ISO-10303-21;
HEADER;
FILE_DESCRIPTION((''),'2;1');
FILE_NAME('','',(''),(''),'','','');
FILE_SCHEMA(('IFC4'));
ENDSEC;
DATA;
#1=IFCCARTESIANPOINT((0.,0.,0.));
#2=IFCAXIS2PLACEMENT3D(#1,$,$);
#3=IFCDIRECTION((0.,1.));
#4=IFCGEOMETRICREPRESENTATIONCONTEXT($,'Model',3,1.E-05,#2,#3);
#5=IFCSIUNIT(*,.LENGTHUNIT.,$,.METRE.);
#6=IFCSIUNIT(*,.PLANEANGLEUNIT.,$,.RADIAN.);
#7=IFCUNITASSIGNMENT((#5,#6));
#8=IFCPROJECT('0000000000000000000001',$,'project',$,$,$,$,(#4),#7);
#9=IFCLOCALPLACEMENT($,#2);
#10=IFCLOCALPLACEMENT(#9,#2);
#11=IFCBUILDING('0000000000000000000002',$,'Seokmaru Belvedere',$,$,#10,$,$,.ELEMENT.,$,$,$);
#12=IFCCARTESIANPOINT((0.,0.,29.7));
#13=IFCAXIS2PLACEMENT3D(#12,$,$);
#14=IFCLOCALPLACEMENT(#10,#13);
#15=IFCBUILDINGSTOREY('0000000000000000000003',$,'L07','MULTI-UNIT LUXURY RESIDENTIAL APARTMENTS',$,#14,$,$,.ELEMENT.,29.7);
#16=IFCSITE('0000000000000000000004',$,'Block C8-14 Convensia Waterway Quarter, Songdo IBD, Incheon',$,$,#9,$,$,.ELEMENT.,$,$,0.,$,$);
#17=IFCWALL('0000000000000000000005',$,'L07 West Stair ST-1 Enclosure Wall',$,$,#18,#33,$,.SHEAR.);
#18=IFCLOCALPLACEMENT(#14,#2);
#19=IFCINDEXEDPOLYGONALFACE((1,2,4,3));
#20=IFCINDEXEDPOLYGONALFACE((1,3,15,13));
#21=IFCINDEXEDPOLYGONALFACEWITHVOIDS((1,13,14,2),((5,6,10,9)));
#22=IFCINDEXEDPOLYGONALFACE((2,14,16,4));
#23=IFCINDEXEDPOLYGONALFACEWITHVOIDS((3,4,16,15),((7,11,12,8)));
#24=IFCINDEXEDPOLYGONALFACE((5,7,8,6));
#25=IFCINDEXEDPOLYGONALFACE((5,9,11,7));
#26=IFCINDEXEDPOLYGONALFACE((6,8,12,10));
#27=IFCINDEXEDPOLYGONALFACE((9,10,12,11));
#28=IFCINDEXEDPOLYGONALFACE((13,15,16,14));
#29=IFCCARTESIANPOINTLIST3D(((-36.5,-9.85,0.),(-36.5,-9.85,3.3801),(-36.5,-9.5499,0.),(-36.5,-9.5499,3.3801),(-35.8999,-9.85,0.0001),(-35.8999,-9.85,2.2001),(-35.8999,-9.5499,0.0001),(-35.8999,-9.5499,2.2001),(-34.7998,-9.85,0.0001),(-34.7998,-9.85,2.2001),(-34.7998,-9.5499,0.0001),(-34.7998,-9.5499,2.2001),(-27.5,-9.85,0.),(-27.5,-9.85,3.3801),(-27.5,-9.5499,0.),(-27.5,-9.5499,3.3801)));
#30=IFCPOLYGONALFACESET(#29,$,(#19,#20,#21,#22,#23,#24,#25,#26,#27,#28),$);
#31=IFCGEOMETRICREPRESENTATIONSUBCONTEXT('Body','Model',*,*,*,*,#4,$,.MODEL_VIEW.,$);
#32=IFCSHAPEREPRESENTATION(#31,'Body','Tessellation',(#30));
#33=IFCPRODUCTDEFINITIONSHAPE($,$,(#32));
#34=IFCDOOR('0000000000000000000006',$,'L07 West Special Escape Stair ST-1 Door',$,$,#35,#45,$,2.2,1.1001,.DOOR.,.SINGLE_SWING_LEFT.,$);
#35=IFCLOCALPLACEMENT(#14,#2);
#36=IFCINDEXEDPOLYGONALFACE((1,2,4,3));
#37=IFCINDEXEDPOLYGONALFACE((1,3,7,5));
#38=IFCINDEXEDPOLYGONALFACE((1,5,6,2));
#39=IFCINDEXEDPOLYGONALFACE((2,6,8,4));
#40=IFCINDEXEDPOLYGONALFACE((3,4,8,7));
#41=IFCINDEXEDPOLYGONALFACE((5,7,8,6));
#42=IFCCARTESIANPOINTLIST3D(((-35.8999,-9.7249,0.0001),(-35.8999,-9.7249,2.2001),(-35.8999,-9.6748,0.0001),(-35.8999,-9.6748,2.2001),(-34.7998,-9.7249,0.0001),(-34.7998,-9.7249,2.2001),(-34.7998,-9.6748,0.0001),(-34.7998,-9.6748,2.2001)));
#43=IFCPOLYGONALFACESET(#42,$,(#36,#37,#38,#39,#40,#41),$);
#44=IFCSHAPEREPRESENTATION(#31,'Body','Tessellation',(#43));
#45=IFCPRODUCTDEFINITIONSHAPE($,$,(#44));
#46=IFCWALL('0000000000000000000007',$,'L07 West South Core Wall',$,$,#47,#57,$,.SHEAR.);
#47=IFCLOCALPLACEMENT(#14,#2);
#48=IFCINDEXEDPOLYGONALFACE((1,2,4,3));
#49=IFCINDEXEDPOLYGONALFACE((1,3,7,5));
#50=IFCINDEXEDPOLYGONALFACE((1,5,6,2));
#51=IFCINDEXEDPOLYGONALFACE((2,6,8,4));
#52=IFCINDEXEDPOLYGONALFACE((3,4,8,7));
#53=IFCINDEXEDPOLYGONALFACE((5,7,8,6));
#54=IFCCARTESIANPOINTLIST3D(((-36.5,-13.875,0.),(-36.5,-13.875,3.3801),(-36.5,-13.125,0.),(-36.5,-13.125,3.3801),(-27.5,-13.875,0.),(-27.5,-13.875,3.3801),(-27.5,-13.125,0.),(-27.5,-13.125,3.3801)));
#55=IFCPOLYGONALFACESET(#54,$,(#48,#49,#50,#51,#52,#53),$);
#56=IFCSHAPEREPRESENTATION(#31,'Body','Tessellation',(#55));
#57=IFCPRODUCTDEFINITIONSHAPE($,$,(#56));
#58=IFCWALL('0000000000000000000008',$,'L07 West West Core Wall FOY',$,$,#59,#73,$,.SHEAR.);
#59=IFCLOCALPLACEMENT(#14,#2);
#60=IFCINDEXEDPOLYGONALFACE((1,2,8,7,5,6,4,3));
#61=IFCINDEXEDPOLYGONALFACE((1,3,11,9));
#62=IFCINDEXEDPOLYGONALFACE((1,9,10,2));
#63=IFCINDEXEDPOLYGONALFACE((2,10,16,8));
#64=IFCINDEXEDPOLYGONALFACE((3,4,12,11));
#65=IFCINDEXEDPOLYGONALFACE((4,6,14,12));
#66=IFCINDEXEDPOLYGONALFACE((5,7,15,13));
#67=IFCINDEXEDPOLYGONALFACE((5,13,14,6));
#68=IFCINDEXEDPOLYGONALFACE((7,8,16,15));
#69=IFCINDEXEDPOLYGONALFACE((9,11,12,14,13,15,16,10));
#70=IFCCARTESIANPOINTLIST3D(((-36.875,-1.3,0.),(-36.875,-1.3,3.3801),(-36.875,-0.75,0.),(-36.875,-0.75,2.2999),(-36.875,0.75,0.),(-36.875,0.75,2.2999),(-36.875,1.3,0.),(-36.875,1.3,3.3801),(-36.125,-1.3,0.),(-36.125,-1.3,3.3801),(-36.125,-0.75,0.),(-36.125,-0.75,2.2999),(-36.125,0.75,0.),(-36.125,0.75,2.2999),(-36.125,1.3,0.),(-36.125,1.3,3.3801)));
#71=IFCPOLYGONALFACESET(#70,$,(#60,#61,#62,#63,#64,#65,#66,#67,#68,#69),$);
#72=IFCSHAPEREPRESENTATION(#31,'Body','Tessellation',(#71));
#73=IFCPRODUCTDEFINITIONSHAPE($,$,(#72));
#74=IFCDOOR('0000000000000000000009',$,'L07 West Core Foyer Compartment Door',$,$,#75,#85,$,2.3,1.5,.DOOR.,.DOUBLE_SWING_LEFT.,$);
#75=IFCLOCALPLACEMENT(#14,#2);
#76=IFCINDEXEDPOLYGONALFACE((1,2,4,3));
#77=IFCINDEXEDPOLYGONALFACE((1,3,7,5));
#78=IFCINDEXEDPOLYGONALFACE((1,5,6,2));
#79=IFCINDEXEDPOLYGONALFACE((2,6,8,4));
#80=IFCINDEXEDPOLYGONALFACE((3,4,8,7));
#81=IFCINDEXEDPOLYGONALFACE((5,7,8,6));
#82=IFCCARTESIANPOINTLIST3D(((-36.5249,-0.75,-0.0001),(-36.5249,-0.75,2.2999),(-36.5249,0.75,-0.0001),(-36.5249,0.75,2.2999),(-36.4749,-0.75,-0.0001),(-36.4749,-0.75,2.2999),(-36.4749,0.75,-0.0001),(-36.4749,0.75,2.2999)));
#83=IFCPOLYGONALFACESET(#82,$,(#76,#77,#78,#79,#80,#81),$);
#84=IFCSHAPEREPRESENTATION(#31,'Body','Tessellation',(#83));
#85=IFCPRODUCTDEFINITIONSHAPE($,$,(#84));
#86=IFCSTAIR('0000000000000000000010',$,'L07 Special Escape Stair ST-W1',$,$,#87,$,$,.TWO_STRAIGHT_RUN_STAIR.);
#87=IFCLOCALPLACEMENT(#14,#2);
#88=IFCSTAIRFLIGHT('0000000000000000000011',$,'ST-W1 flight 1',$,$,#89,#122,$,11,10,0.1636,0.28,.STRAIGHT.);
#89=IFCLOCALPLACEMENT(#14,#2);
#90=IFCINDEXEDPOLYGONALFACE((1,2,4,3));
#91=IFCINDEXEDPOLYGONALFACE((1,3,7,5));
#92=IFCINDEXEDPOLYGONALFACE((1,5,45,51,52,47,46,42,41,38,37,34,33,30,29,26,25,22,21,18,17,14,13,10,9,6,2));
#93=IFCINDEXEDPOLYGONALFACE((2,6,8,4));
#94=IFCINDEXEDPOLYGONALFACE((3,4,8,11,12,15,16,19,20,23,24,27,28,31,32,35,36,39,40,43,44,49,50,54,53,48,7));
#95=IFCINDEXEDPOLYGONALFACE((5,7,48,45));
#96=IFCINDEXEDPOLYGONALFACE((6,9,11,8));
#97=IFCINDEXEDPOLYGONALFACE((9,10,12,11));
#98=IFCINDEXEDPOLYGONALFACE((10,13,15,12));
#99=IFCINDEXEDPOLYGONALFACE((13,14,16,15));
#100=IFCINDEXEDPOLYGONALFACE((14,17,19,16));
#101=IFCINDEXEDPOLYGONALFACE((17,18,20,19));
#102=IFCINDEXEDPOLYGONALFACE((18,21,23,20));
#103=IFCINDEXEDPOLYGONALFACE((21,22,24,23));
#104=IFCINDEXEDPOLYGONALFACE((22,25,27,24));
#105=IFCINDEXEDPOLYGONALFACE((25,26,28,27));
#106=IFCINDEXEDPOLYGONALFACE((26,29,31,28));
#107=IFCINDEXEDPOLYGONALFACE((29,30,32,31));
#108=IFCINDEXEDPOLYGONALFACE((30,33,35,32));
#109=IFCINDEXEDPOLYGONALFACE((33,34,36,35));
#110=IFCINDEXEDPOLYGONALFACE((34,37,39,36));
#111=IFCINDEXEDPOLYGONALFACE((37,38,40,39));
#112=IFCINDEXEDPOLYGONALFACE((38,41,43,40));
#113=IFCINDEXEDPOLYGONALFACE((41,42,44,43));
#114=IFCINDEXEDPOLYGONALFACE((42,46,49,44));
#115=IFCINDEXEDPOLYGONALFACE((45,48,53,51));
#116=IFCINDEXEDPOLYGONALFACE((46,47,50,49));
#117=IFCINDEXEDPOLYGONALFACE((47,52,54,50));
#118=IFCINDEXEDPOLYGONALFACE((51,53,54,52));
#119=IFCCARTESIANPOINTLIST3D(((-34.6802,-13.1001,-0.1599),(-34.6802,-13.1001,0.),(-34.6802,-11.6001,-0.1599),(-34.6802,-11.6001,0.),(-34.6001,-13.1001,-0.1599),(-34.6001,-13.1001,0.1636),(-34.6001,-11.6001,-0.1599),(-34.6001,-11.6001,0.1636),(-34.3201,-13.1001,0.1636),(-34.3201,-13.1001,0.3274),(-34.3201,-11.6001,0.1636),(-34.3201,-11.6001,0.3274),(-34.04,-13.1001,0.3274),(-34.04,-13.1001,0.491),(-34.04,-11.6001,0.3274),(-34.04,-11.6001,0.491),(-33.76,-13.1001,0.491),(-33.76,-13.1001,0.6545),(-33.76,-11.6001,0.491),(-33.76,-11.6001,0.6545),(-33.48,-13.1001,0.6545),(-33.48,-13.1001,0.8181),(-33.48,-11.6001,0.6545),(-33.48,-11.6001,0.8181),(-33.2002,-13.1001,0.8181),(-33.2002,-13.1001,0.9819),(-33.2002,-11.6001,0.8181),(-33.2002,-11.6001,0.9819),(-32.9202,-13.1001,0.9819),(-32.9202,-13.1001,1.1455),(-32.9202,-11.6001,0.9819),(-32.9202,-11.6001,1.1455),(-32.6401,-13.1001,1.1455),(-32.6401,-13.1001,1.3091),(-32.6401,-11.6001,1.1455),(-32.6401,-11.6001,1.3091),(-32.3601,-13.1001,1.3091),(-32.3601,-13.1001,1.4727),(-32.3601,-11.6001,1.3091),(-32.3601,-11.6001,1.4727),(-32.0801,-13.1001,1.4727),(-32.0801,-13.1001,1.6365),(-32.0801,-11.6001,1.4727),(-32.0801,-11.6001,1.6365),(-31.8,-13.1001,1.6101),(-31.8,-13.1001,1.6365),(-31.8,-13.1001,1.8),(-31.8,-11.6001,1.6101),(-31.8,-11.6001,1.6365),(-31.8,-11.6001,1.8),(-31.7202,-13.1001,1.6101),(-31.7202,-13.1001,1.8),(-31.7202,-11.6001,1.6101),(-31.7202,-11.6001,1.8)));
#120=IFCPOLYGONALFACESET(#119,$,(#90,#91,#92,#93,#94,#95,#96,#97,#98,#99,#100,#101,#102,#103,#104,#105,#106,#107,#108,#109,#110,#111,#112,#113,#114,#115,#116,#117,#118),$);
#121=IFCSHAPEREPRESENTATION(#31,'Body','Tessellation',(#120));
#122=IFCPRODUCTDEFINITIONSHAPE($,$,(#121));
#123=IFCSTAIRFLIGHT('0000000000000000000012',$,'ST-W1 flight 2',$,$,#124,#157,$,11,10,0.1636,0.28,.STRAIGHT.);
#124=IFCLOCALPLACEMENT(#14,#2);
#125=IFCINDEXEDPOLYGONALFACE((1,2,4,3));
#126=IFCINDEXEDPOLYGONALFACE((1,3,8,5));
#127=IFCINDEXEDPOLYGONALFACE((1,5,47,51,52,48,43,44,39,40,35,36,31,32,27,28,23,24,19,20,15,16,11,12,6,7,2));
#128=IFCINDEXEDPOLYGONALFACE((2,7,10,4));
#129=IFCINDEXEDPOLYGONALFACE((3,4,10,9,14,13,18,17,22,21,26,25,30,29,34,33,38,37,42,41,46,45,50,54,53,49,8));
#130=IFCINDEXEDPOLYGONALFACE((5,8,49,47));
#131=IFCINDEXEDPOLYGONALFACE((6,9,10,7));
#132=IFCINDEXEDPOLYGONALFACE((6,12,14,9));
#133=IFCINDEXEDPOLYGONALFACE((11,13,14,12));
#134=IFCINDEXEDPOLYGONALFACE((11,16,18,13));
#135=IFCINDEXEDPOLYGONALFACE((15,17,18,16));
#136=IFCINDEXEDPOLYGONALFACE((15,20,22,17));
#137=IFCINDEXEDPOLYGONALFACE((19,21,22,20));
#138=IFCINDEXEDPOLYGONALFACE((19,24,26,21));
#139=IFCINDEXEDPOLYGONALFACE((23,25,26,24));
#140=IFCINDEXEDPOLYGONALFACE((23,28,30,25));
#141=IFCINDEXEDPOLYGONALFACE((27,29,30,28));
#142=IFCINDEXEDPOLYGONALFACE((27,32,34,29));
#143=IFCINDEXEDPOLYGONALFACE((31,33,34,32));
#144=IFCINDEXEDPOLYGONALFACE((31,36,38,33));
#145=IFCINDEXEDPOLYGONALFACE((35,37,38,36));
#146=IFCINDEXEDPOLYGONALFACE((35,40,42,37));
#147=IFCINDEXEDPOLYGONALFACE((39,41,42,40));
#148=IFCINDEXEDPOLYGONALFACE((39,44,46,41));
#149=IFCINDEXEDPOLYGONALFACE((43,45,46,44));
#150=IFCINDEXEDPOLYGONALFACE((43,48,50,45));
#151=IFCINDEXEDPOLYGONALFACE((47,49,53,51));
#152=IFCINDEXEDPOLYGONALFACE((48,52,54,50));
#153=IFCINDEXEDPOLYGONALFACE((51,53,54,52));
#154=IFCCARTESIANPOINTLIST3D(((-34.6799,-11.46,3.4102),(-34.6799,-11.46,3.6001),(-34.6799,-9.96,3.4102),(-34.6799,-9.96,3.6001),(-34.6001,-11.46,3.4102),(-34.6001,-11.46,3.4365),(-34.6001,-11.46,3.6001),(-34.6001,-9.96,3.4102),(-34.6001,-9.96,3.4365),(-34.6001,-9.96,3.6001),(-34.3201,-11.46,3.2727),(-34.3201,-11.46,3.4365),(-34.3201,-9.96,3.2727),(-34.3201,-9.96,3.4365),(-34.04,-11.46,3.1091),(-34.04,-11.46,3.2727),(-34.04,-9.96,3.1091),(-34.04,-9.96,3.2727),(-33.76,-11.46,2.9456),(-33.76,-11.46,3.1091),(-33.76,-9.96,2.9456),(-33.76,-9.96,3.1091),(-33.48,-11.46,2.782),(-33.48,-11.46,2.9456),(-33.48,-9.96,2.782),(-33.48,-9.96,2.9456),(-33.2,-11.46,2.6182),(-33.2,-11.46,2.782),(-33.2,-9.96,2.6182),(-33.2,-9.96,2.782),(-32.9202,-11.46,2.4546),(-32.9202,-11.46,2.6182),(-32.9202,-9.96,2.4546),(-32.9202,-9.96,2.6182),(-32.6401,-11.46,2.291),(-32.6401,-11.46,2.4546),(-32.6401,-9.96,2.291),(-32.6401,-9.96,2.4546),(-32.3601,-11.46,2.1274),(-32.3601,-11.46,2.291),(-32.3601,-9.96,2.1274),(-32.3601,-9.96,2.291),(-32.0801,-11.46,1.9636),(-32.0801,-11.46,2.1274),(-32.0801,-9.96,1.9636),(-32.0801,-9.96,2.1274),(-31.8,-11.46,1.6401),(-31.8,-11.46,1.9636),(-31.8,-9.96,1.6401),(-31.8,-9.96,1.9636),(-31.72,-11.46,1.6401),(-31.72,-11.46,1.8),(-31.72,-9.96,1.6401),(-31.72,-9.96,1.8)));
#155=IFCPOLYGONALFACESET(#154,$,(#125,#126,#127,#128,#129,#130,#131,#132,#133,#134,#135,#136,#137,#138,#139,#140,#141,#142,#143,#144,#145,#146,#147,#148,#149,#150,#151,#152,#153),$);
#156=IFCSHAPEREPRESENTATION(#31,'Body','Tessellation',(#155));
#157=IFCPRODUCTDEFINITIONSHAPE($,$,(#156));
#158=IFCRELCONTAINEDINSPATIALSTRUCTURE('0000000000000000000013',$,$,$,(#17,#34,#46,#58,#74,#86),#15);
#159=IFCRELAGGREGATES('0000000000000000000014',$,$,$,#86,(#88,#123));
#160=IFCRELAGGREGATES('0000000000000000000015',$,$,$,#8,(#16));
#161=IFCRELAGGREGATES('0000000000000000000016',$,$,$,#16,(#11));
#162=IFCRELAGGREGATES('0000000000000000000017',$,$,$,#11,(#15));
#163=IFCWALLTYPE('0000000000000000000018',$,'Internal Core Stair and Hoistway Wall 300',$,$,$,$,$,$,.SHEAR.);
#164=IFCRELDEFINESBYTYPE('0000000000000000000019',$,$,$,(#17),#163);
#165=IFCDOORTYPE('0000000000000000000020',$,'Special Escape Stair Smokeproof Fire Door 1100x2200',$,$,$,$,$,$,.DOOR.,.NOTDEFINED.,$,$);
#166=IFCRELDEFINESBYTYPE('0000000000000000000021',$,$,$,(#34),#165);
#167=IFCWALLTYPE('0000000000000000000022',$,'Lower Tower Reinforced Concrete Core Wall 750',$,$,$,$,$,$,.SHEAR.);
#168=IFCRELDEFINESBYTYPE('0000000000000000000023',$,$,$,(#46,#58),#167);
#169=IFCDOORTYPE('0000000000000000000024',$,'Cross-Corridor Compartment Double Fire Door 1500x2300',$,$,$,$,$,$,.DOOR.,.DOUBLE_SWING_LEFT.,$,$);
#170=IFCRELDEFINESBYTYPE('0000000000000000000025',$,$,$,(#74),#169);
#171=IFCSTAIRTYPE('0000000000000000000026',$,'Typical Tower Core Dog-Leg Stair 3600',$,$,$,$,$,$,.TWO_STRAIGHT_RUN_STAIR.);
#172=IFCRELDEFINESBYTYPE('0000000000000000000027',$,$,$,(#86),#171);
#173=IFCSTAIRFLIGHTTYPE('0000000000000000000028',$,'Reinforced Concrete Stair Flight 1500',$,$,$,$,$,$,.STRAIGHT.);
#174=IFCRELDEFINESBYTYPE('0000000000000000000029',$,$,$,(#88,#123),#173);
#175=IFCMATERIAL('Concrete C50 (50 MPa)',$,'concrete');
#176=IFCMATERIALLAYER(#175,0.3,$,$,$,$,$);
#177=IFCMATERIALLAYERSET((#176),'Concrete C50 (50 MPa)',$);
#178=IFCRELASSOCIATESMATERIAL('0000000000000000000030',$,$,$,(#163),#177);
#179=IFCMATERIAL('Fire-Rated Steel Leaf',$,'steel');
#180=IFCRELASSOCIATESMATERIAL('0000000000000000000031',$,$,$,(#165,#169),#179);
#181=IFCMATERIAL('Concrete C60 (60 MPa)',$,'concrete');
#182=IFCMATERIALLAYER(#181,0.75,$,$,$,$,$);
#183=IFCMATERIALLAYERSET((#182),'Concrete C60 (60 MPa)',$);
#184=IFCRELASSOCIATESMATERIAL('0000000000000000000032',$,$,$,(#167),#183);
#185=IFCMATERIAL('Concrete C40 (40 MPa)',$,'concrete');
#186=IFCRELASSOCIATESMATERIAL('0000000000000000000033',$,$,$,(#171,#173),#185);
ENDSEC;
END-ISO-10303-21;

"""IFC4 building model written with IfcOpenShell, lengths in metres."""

from ifc_helpers import new_model, si_unit, direction, frame, frame_2d, origin, place, context, subcontext, project, spatial, polyline, rectangle, outline, extrude, source, transform, mapped, material, layer, layer_set, type_object, type_shapes, element, fill, aggregate, save


model = new_model("IFC4")

# Units and contexts
model_context = context("Model", 3, precision=1e-05, world=origin(), true_north=direction((0.0, 1.0)))
body_context = subcontext(model_context, "Body", "Model", "MODEL_VIEW")
ifc_project = project(units=[si_unit("LENGTHUNIT", "METRE"), si_unit("PLANEANGLEUNIT", "RADIAN")], contexts=[model_context])

# Site, building, storey
site_placement = place(None, origin())
site = spatial("IfcSite", under=ifc_project, at=site_placement, Name="Block C8-14 Convensia Waterway Quarter, Songdo IBD, Incheon", CompositionType="ELEMENT", RefElevation=0.0)
building_placement = place(site_placement, origin())
building = spatial("IfcBuilding", under=site, at=building_placement, Name="Seokmaru Belvedere", CompositionType="ELEMENT")
storey_placement = place(building_placement, frame((0.0, 0.0, 29.7)))
storey = spatial("IfcBuildingStorey", under=building, at=storey_placement, Name="L07", Description="MULTI-UNIT LUXURY RESIDENTIAL APARTMENTS", CompositionType="ELEMENT", Elevation=29.7)

# Shared definitions
ifc_material_1 = material(Name="Fire-Rated Steel Leaf", Category="steel")

# Wall, opening, door
ifc_material_2 = material(Name="Concrete C50 (50 MPa)", Category="concrete")
ifc_layer_1 = layer(ifc_material_2, 0.3)
ifc_layer_set_1 = layer_set([ifc_layer_1], Name="Concrete C50 (50 MPa)")
wall_type_1 = type_object("IfcWallType", Name="Internal Core Stair and Hoistway Wall 300", PredefinedType="SHEAR", material=ifc_layer_set_1)
wall_1_placement = place(storey_placement, frame((-36.5, -9.7, 0.0), z_axis=(0.0, 0.0, 1.0), x_axis=(1.0, 0.0, 0.0)))
wall_1 = element("IfcWall", 1, at=wall_1_placement, inside=storey, type_object=wall_type_1, Name="L07 West Stair ST-1 Enclosure Wall", PredefinedType="SHEAR", context=body_context, shape_type="SweptSolid", body=[
    extrude(rectangle(XDim=9.0, YDim=0.3, at=frame_2d((4.5, 0.0))), origin(), (0.0, 0.0, 1.0), 3.3801),
])
opening_1_placement = place(wall_1_placement, frame((0.6001, 0.0, 0.0)))
opening_1 = element("IfcOpeningElement", 2, at=opening_1_placement, cuts=wall_1, PredefinedType="OPENING", context=body_context, shape_type="SweptSolid", body=[
    extrude(rectangle(XDim=1.1001, YDim=2.2, at=frame_2d((0.55, 1.1001))), frame((0.0, 0.1602, 0.0), z_axis=(0.0, -1.0, 0.0), x_axis=(1.0, 0.0, 0.0)), (0.0, 0.0, 1.0), 0.3201),
])
door_type_1 = type_object("IfcDoorType", Name="Special Escape Stair Smokeproof Fire Door 1100x2200", OperationType="NOTDEFINED", PredefinedType="DOOR", material=ifc_material_1)
shared_shape_1 = source(origin(), body_context, "Body", "SweptSolid", [
    extrude(rectangle(XDim=1.1001, YDim=2.2, at=frame_2d((0.55, 1.1001))), frame((0.0, 0.0249, 0.0), z_axis=(0.0, -1.0, 0.0), x_axis=(1.0, 0.0, 0.0)), (0.0, 0.0, 1.0), 0.05),
])
type_shapes(door_type_1, [shared_shape_1])
door_1_placement = place(opening_1_placement, frame((1.1001, 0.0, 0.0), z_axis=(0.0, 0.0, 1.0), x_axis=(-1.0, 0.0, 0.0)))
door_1 = element("IfcDoor", 3, at=door_1_placement, inside=storey, type_object=door_type_1, Name="L07 West Special Escape Stair ST-1 Door", OperationType="SINGLE_SWING_LEFT", OverallHeight=2.2, OverallWidth=1.1001, PredefinedType="DOOR", context=body_context, shape_type="MappedRepresentation", body=[
    mapped(shared_shape_1, transform((0.0, 0.0, 0.0), scale=1.0)),
])
fill(opening_1, door_1)

# Wall
ifc_material_3 = material(Name="Concrete C60 (60 MPa)", Category="concrete")
ifc_layer_2 = layer(ifc_material_3, 0.75)
ifc_layer_set_2 = layer_set([ifc_layer_2], Name="Concrete C60 (60 MPa)")
wall_type_2 = type_object("IfcWallType", Name="Lower Tower Reinforced Concrete Core Wall 750", PredefinedType="SHEAR", material=ifc_layer_set_2)
wall_2_placement = place(storey_placement, frame((-36.5, -13.5, 0.0), z_axis=(0.0, 0.0, 1.0), x_axis=(1.0, 0.0, 0.0)))
element("IfcWall", 4, at=wall_2_placement, inside=storey, type_object=wall_type_2, Name="L07 West South Core Wall", PredefinedType="SHEAR", context=body_context, shape_type="SweptSolid", body=[
    extrude(rectangle(XDim=9.0, YDim=0.75, at=frame_2d((4.5, 0.0))), origin(), (0.0, 0.0, 1.0), 3.3801),
])

# Wall, opening, door
wall_3_placement = place(storey_placement, frame((-36.5, -1.3, 0.0), z_axis=(0.0, 0.0, 1.0), x_axis=(0.0, 1.0, 0.0)))
wall_3 = element("IfcWall", 5, at=wall_3_placement, inside=storey, type_object=wall_type_2, Name="L07 West West Core Wall FOY", PredefinedType="SHEAR", context=body_context, shape_type="SweptSolid", body=[
    extrude(rectangle(XDim=2.6001, YDim=0.75, at=frame_2d((1.3, 0.0))), origin(), (0.0, 0.0, 1.0), 3.3801),
])
opening_2_placement = place(wall_3_placement, frame((0.55, 0.0, 0.0)))
opening_2 = element("IfcOpeningElement", 6, at=opening_2_placement, cuts=wall_3, PredefinedType="OPENING", context=body_context, shape_type="SweptSolid", body=[
    extrude(rectangle(XDim=1.5, YDim=2.3, at=frame_2d((0.75, 1.1499))), frame((0.0, 0.385, 0.0), z_axis=(0.0, -1.0, 0.0), x_axis=(1.0, 0.0, 0.0)), (0.0, 0.0, 1.0), 0.77),
])
door_type_2 = type_object("IfcDoorType", Name="Cross-Corridor Compartment Double Fire Door 1500x2300", OperationType="DOUBLE_SWING_LEFT", PredefinedType="DOOR", material=ifc_material_1)
shared_shape_2 = source(origin(), body_context, "Body", "SweptSolid", [
    extrude(rectangle(XDim=1.5, YDim=2.3, at=frame_2d((0.75, 1.1499))), frame((0.0, 0.0249, 0.0), z_axis=(0.0, -1.0, 0.0), x_axis=(1.0, 0.0, 0.0)), (0.0, 0.0, 1.0), 0.05),
])
type_shapes(door_type_2, [shared_shape_2])
door_2_placement = place(opening_2_placement, origin())
door_2 = element("IfcDoor", 7, at=door_2_placement, inside=storey, type_object=door_type_2, Name="L07 West Core Foyer Compartment Door", OperationType="DOUBLE_SWING_LEFT", OverallHeight=2.3, OverallWidth=1.5, PredefinedType="DOOR", context=body_context, shape_type="MappedRepresentation", body=[
    mapped(shared_shape_2, transform((0.0, 0.0, 0.0), scale=1.0)),
])
fill(opening_2, door_2)

# Stair, stair flights
ifc_material_4 = material(Name="Concrete C40 (40 MPa)", Category="concrete")
stair_type = type_object("IfcStairType", Name="Typical Tower Core Dog-Leg Stair 3600", PredefinedType="TWO_STRAIGHT_RUN_STAIR", material=ifc_material_4)
stair_placement = place(storey_placement, origin())
stair = element("IfcStair", 8, at=stair_placement, inside=storey, type_object=stair_type, Name="L07 Special Escape Stair ST-W1", PredefinedType="TWO_STRAIGHT_RUN_STAIR")
stair_flight_type = type_object("IfcStairFlightType", Name="Reinforced Concrete Stair Flight 1500", PredefinedType="STRAIGHT", material=ifc_material_4)
stair_flight_1_placement = place(storey_placement, frame((-34.6001, -12.3501, 0.0), z_axis=(0.0, 0.0, 1.0), x_axis=(1.0, 0.0, 0.0)))
stair_flight_1 = element("IfcStairFlight", 9, at=stair_flight_1_placement, type_object=stair_flight_type, Name="ST-W1 flight 1", NumberOfRisers=11, NumberOfTreads=10, PredefinedType="STRAIGHT", RiserHeight=0.1636, TreadLength=0.28, context=body_context, shape_type="SweptSolid", body=[
    extrude(outline(polyline([(-0.0801, 0.0), (0.0, 0.1636), (0.28, 0.1636), (0.28, 0.3274), (0.5601, 0.3274), (0.5601, 0.491), (0.8401, 0.491), (0.8401, 0.6545), (1.1201, 0.6545), (1.1201, 0.8181), (1.3999, 0.8181), (1.3999, 0.9819), (1.6799, 0.9819), (1.6799, 1.1455), (1.96, 1.1455), (1.96, 1.3091), (2.24, 1.3091), (2.24, 1.4727), (2.52, 1.4727), (2.52, 1.6365), (2.8, 1.6365), (2.8, 1.8), (2.8799, 1.8), (2.8799, 1.6101), (2.8, 1.6101), (0.0, -0.1599), (-0.0801, -0.1599), (-0.0801, 0.0)])), frame((0.0, 0.75, 0.0), z_axis=(0.0, -1.0, 0.0), x_axis=(1.0, 0.0, 0.0)), (0.0, 0.0, 1.0), 1.5),
])
stair_flight_2_placement = place(storey_placement, frame((-31.8, -10.71, 1.8), z_axis=(0.0, 0.0, 1.0), x_axis=(-1.0, 0.0, 0.0)))
stair_flight_2 = element("IfcStairFlight", 10, at=stair_flight_2_placement, type_object=stair_flight_type, Name="ST-W1 flight 2", NumberOfRisers=11, NumberOfTreads=10, PredefinedType="STRAIGHT", RiserHeight=0.1636, TreadLength=0.28, context=body_context, shape_type="SweptSolid", body=[
    extrude(outline(polyline([(-0.0801, 0.0), (0.0, 0.1636), (0.28, 0.1636), (0.28, 0.3274), (0.5601, 0.3274), (0.5601, 0.491), (0.8401, 0.491), (0.8401, 0.6545), (1.1201, 0.6545), (1.1201, 0.8181), (1.3999, 0.8181), (1.3999, 0.9819), (1.6799, 0.9819), (1.6799, 1.1455), (1.96, 1.1455), (1.96, 1.3091), (2.24, 1.3091), (2.24, 1.4727), (2.52, 1.4727), (2.52, 1.6365), (2.8, 1.6365), (2.8, 1.8), (2.8799, 1.8), (2.8799, 1.6101), (2.8, 1.6101), (0.0, -0.1599), (-0.0801, -0.1599), (-0.0801, 0.0)])), frame((0.0, 0.75, 0.0), z_axis=(0.0, -1.0, 0.0), x_axis=(1.0, 0.0, 0.0)), (0.0, 0.0, 1.0), 1.5),
])
aggregate(stair, [stair_flight_1, stair_flight_2])

save(model, "model.ifc")
